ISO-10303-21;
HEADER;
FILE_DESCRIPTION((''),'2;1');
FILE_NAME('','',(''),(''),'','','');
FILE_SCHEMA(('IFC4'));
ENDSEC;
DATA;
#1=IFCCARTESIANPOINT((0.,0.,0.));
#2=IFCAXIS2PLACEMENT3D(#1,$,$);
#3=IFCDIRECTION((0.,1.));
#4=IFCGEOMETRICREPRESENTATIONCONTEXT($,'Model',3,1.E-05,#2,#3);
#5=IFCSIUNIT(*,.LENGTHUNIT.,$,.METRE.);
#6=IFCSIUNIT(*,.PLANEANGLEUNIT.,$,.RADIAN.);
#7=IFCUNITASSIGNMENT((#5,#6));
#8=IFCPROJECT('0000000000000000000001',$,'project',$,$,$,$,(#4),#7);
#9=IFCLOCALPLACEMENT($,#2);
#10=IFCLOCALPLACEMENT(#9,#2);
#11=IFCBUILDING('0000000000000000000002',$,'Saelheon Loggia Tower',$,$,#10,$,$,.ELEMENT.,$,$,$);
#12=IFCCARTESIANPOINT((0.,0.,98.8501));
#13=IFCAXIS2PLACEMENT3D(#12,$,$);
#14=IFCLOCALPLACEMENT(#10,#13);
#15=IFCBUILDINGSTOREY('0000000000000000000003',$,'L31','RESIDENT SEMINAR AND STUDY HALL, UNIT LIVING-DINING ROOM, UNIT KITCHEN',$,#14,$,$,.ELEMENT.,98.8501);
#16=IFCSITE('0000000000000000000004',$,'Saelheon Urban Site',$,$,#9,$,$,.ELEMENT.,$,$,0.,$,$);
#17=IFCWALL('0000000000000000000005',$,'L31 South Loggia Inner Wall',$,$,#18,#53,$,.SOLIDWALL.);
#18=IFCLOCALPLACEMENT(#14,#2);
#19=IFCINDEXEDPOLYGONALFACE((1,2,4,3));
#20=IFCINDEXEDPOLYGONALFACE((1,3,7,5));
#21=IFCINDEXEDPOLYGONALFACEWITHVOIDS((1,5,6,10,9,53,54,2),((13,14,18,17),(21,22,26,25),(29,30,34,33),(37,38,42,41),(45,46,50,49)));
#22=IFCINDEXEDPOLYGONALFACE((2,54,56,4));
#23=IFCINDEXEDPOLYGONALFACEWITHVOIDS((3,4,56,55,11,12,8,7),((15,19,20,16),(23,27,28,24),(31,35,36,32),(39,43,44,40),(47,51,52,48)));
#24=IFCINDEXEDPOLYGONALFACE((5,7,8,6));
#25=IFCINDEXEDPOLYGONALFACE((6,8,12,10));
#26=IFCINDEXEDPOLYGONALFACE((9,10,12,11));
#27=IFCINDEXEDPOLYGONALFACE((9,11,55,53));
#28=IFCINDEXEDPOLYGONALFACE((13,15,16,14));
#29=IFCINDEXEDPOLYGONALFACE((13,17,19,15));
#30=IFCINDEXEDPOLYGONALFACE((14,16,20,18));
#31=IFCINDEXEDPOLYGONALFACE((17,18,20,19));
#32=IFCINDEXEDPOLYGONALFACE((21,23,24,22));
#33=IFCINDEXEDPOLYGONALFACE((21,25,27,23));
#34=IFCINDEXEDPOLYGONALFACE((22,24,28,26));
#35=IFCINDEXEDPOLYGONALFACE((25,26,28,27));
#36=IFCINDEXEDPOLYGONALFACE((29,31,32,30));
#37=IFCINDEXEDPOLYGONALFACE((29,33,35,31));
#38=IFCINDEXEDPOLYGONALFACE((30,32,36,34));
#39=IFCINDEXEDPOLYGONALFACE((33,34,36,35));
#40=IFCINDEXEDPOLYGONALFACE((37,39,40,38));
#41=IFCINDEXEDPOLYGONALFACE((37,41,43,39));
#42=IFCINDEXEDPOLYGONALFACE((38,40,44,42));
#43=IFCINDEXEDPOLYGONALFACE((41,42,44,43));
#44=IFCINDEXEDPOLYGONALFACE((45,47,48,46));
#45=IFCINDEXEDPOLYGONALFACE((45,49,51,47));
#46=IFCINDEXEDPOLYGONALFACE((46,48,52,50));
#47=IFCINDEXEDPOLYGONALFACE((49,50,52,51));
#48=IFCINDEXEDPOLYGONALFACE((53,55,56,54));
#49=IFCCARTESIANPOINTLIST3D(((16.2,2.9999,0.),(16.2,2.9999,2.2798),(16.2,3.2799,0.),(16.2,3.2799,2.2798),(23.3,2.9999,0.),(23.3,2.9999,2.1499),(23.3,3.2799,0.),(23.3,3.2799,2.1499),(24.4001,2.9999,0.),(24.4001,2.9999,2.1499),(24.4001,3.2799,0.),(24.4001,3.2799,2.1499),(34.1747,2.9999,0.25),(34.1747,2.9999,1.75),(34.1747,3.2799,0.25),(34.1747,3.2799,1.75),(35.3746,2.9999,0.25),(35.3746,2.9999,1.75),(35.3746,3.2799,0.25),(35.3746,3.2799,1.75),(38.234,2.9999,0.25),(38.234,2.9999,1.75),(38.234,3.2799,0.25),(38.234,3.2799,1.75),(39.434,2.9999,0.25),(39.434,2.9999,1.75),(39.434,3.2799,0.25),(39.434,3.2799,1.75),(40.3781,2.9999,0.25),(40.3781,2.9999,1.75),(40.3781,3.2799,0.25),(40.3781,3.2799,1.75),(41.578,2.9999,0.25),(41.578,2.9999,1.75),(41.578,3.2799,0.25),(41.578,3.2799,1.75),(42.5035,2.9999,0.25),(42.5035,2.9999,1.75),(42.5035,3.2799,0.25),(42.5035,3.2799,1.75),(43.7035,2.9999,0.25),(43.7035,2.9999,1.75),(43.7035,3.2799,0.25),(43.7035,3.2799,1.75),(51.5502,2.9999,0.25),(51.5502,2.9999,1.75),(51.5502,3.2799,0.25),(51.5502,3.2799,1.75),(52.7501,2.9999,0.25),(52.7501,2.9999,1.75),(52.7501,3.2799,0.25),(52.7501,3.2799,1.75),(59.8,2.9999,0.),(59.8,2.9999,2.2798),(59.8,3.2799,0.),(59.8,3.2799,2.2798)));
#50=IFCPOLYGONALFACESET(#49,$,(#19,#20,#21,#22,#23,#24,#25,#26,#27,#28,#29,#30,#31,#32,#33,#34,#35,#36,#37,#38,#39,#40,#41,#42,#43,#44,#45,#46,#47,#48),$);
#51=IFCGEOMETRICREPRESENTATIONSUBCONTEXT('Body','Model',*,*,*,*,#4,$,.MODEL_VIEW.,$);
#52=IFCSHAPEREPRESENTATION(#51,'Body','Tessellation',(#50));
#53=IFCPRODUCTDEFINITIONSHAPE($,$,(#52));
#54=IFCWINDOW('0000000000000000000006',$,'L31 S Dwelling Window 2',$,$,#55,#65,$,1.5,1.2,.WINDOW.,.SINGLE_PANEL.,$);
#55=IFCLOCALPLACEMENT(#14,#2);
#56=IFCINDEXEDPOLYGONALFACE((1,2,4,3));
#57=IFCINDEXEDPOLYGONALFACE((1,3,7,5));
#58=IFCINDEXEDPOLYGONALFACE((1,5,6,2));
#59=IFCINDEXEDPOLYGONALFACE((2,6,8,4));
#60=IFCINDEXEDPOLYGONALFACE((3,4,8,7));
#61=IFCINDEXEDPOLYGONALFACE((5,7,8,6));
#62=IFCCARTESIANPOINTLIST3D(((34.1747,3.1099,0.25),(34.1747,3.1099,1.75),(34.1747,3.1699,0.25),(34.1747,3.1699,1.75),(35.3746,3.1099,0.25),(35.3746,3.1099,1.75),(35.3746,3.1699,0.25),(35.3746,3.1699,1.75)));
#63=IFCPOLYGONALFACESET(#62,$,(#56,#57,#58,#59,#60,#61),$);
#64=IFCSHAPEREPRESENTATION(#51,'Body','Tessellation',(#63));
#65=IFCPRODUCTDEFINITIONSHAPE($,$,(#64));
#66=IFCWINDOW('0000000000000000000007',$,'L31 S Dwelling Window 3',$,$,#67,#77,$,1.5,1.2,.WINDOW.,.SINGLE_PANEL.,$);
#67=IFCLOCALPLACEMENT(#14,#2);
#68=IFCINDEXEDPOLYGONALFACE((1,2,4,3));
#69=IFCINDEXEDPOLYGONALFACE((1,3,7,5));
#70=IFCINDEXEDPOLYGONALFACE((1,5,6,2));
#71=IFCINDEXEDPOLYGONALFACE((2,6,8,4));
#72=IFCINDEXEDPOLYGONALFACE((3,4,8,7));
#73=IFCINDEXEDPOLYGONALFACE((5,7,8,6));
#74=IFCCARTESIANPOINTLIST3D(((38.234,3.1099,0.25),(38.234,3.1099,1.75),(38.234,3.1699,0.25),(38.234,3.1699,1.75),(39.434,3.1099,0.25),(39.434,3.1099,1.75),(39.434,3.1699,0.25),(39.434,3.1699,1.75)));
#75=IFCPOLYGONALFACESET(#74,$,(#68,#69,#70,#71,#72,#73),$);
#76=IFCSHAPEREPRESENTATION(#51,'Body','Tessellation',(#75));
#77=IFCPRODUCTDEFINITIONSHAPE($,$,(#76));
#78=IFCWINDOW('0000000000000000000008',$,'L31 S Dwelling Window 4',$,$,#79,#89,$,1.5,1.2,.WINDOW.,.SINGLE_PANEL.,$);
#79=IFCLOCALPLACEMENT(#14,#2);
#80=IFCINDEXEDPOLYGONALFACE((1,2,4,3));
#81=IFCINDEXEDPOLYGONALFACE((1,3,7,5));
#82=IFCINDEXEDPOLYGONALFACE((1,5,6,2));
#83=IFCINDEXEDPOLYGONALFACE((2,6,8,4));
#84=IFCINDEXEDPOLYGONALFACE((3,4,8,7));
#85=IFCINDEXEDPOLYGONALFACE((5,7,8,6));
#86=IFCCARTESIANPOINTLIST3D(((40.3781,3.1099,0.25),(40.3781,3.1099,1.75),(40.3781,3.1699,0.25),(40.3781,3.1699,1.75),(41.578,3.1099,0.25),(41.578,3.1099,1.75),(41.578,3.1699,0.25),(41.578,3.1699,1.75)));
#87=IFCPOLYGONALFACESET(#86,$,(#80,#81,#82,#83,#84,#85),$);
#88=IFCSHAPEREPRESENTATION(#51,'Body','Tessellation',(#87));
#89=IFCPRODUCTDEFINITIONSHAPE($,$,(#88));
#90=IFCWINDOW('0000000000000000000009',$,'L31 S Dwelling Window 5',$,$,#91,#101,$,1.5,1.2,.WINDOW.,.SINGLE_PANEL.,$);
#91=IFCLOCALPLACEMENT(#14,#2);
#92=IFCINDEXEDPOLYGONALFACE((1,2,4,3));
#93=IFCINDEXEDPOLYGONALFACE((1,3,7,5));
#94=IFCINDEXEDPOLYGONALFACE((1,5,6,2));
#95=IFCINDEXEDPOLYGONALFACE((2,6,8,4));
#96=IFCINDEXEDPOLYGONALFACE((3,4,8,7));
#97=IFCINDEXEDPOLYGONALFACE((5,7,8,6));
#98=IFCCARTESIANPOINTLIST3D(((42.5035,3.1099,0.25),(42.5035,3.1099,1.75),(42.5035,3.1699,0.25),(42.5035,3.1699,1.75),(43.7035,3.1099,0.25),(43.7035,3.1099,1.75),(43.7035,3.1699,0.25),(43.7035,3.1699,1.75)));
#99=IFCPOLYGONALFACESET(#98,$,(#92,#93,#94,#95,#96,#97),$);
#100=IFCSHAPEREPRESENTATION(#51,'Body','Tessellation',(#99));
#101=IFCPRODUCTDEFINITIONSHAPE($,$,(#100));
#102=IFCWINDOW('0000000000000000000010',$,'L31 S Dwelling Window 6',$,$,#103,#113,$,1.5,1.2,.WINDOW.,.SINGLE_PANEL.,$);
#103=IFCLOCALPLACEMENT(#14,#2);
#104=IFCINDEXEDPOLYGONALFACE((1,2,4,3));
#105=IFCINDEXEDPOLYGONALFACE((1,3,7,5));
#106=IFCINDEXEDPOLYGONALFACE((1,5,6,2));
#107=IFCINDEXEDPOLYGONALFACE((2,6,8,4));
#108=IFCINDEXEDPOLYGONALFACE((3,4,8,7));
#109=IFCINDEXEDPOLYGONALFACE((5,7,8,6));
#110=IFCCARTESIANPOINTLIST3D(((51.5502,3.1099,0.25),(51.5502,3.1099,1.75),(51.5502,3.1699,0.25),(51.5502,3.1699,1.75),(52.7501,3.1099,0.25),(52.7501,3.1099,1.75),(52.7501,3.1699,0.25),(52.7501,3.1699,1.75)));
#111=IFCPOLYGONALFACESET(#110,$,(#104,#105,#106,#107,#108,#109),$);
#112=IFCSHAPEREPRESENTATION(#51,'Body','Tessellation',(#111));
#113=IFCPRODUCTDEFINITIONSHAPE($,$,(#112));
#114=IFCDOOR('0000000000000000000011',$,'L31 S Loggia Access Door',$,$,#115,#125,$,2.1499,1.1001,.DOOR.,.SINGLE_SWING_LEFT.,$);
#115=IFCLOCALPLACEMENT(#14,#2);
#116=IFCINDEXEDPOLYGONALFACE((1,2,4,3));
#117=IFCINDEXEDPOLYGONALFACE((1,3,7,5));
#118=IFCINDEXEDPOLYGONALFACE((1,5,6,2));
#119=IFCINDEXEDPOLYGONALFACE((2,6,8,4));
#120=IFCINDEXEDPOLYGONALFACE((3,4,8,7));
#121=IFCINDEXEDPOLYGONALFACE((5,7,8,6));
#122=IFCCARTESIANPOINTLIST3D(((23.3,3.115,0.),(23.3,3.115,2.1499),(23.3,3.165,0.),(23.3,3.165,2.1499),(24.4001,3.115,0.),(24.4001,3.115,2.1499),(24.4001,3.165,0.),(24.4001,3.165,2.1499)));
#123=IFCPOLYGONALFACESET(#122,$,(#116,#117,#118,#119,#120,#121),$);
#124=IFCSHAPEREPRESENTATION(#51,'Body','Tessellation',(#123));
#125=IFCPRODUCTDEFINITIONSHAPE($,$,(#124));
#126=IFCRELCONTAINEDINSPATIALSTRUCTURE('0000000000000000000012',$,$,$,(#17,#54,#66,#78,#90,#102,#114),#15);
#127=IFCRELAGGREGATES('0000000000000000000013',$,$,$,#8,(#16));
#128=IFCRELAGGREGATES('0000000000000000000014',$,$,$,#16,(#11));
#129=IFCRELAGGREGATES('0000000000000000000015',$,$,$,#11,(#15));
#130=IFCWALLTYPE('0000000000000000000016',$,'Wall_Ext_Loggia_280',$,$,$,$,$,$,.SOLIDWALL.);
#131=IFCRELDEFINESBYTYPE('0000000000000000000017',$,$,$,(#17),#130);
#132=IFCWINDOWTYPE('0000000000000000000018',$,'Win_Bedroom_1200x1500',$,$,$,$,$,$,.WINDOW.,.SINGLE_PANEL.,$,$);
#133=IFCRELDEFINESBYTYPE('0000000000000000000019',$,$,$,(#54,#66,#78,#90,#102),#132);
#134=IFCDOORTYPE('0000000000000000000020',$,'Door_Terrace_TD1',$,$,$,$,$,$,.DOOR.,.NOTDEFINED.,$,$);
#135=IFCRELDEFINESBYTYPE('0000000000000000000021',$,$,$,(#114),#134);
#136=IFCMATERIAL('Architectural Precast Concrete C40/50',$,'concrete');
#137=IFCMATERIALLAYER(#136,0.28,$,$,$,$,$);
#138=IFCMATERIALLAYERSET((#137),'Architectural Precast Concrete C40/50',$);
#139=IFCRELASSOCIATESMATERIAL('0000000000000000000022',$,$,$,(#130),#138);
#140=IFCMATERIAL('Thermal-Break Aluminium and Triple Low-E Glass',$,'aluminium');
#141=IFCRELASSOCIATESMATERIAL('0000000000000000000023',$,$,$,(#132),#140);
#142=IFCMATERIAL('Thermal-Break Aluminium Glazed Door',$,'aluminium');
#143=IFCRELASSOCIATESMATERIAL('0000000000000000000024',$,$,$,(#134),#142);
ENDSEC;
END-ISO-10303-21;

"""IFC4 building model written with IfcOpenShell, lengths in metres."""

from ifc_helpers import new_model, si_unit, direction, frame, frame_2d, origin, place, context, subcontext, project, spatial, rectangle, extrude, source, transform, mapped, material, layer, layer_set, type_object, element, fill, save


model = new_model("IFC4")

# Units and contexts
model_context = context("Model", 3, precision=1e-05, world=origin(), true_north=direction((0.0, 1.0)))
body_context = subcontext(model_context, "Body", "Model", "MODEL_VIEW")
ifc_project = project(units=[si_unit("LENGTHUNIT", "METRE"), si_unit("PLANEANGLEUNIT", "RADIAN")], contexts=[model_context])

# Site, building, storey
site_placement = place(None, origin())
site = spatial("IfcSite", under=ifc_project, at=site_placement, Name="Saelheon Urban Site", CompositionType="ELEMENT", RefElevation=0.0)
building_placement = place(site_placement, origin())
building = spatial("IfcBuilding", under=site, at=building_placement, Name="Saelheon Loggia Tower", CompositionType="ELEMENT")
storey_placement = place(building_placement, frame((0.0, 0.0, 98.8501)))
storey = spatial("IfcBuildingStorey", under=building, at=storey_placement, Name="L31", Description="RESIDENT SEMINAR AND STUDY HALL, UNIT LIVING-DINING ROOM, UNIT KITCHEN", CompositionType="ELEMENT", Elevation=98.8501)

# Shared definitions
ifc_material_1 = material(Name="Thermal-Break Aluminium and Triple Low-E Glass", Category="aluminium")

# Wall, openings, windows, door
ifc_material_2 = material(Name="Architectural Precast Concrete C40/50", Category="concrete")
ifc_layer_1 = layer(ifc_material_2, 0.28)
ifc_layer_set_1 = layer_set([ifc_layer_1], Name="Architectural Precast Concrete C40/50")
wall_type = type_object("IfcWallType", Name="Wall_Ext_Loggia_280", PredefinedType="SOLIDWALL", material=ifc_layer_set_1)
wall_placement = place(storey_placement, frame((16.2, 3.1399, 0.0), z_axis=(0.0, 0.0, 1.0), x_axis=(1.0, 0.0, 0.0)))
wall = element("IfcWall", 1, at=wall_placement, inside=storey, type_object=wall_type, Name="L31 South Loggia Inner Wall", PredefinedType="SOLIDWALL", context=body_context, shape_type="SweptSolid", body=[
    extrude(rectangle(XDim=43.6001, YDim=0.28, at=frame_2d((21.8, 0.0))), origin(), (0.0, 0.0, 1.0), 2.2798),
])
opening_1_placement = place(wall_placement, frame((8.2002, 0.0, 0.0), z_axis=(0.0, 0.0, 1.0), x_axis=(-1.0, 0.0, 0.0)))
opening_1 = element("IfcOpeningElement", 2, at=opening_1_placement, cuts=wall, PredefinedType="OPENING", context=body_context, shape_type="SweptSolid", body=[
    extrude(rectangle(XDim=1.1001, YDim=2.1499, at=frame_2d((0.55, 1.075))), frame((0.0, 0.1521, 0.0), z_axis=(0.0, -1.0, 0.0), x_axis=(1.0, 0.0, 0.0)), (0.0, 0.0, 1.0), 0.304),
])
opening_2_placement = place(wall_placement, frame((17.9746, 0.0, 0.25)))
opening_2 = element("IfcOpeningElement", 3, at=opening_2_placement, cuts=wall, PredefinedType="OPENING", context=body_context, shape_type="SweptSolid", body=[
    extrude(rectangle(XDim=1.2, YDim=1.5, at=frame_2d((0.6001, 0.75))), frame((0.0, 0.1521, 0.0), z_axis=(0.0, -1.0, 0.0), x_axis=(1.0, 0.0, 0.0)), (0.0, 0.0, 1.0), 0.304),
])
opening_3_placement = place(wall_placement, frame((22.0339, 0.0, 0.25)))
opening_3 = element("IfcOpeningElement", 4, at=opening_3_placement, cuts=wall, PredefinedType="OPENING", context=body_context, shape_type="SweptSolid", body=[
    extrude(rectangle(XDim=1.2, YDim=1.5, at=frame_2d((0.6001, 0.75))), frame((0.0, 0.1521, 0.0), z_axis=(0.0, -1.0, 0.0), x_axis=(1.0, 0.0, 0.0)), (0.0, 0.0, 1.0), 0.304),
])
opening_4_placement = place(wall_placement, frame((24.178, 0.0, 0.25)))
opening_4 = element("IfcOpeningElement", 5, at=opening_4_placement, cuts=wall, PredefinedType="OPENING", context=body_context, shape_type="SweptSolid", body=[
    extrude(rectangle(XDim=1.2, YDim=1.5, at=frame_2d((0.6001, 0.75))), frame((0.0, 0.1521, 0.0), z_axis=(0.0, -1.0, 0.0), x_axis=(1.0, 0.0, 0.0)), (0.0, 0.0, 1.0), 0.304),
])
opening_5_placement = place(wall_placement, frame((26.3035, 0.0, 0.25)))
opening_5 = element("IfcOpeningElement", 6, at=opening_5_placement, cuts=wall, PredefinedType="OPENING", context=body_context, shape_type="SweptSolid", body=[
    extrude(rectangle(XDim=1.2, YDim=1.5, at=frame_2d((0.6001, 0.75))), frame((0.0, 0.1521, 0.0), z_axis=(0.0, -1.0, 0.0), x_axis=(1.0, 0.0, 0.0)), (0.0, 0.0, 1.0), 0.304),
])
opening_6_placement = place(wall_placement, frame((35.3501, 0.0, 0.25)))
opening_6 = element("IfcOpeningElement", 7, at=opening_6_placement, cuts=wall, PredefinedType="OPENING", context=body_context, shape_type="SweptSolid", body=[
    extrude(rectangle(XDim=1.2, YDim=1.5, at=frame_2d((0.6001, 0.75))), frame((0.0, 0.1521, 0.0), z_axis=(0.0, -1.0, 0.0), x_axis=(1.0, 0.0, 0.0)), (0.0, 0.0, 1.0), 0.304),
])
window_type = type_object("IfcWindowType", Name="Win_Bedroom_1200x1500", PartitioningType="SINGLE_PANEL", PredefinedType="WINDOW", material=ifc_material_1)
shared_shape_1 = source(origin(), body_context, "Body", "SweptSolid", [
    extrude(rectangle(XDim=1.2, YDim=1.5, at=frame_2d((0.6001, 0.75))), frame((0.0, 0.03, 0.0), z_axis=(0.0, -1.0, 0.0), x_axis=(1.0, 0.0, 0.0)), (0.0, 0.0, 1.0), 0.0601),
])
window_1_placement = place(opening_2_placement, origin())
window_1 = element("IfcWindow", 8, at=window_1_placement, inside=storey, type_object=window_type, Name="L31 S Dwelling Window 2", OverallHeight=1.5, OverallWidth=1.2, PartitioningType="SINGLE_PANEL", PredefinedType="WINDOW", context=body_context, shape_type="MappedRepresentation", body=[
    mapped(shared_shape_1, transform((0.0, 0.0, 0.0), scale=1.0)),
])
fill(opening_2, window_1)
window_2_placement = place(opening_3_placement, origin())
window_2 = element("IfcWindow", 9, at=window_2_placement, inside=storey, type_object=window_type, Name="L31 S Dwelling Window 3", OverallHeight=1.5, OverallWidth=1.2, PartitioningType="SINGLE_PANEL", PredefinedType="WINDOW", context=body_context, shape_type="MappedRepresentation", body=[
    mapped(shared_shape_1, transform((0.0, 0.0, 0.0), scale=1.0)),
])
fill(opening_3, window_2)
window_3_placement = place(opening_4_placement, origin())
window_3 = element("IfcWindow", 10, at=window_3_placement, inside=storey, type_object=window_type, Name="L31 S Dwelling Window 4", OverallHeight=1.5, OverallWidth=1.2, PartitioningType="SINGLE_PANEL", PredefinedType="WINDOW", context=body_context, shape_type="MappedRepresentation", body=[
    mapped(shared_shape_1, transform((0.0, 0.0, 0.0), scale=1.0)),
])
fill(opening_4, window_3)
window_4_placement = place(opening_5_placement, origin())
window_4 = element("IfcWindow", 11, at=window_4_placement, inside=storey, type_object=window_type, Name="L31 S Dwelling Window 5", OverallHeight=1.5, OverallWidth=1.2, PartitioningType="SINGLE_PANEL", PredefinedType="WINDOW", context=body_context, shape_type="MappedRepresentation", body=[
    mapped(shared_shape_1, transform((0.0, 0.0, 0.0), scale=1.0)),
])
fill(opening_5, window_4)
window_5_placement = place(opening_6_placement, origin())
window_5 = element("IfcWindow", 12, at=window_5_placement, inside=storey, type_object=window_type, Name="L31 S Dwelling Window 6", OverallHeight=1.5, OverallWidth=1.2, PartitioningType="SINGLE_PANEL", PredefinedType="WINDOW", context=body_context, shape_type="MappedRepresentation", body=[
    mapped(shared_shape_1, transform((0.0, 0.0, 0.0), scale=1.0)),
])
fill(opening_6, window_5)
ifc_material_3 = material(Name="Thermal-Break Aluminium Glazed Door", Category="aluminium")
door_type = type_object("IfcDoorType", Name="Door_Terrace_TD1", OperationType="NOTDEFINED", PredefinedType="DOOR", material=ifc_material_3)
shared_shape_2 = source(origin(), body_context, "Body", "SweptSolid", [
    extrude(rectangle(XDim=1.1001, YDim=2.1499, at=frame_2d((0.55, 1.075))), frame((0.0, 0.0249, 0.0), z_axis=(0.0, -1.0, 0.0), x_axis=(1.0, 0.0, 0.0)), (0.0, 0.0, 1.0), 0.05),
])
door_placement = place(opening_1_placement, origin())
door = element("IfcDoor", 13, at=door_placement, inside=storey, type_object=door_type, Name="L31 S Loggia Access Door", OperationType="SINGLE_SWING_LEFT", OverallHeight=2.1499, OverallWidth=1.1001, PredefinedType="DOOR", context=body_context, shape_type="MappedRepresentation", body=[
    mapped(shared_shape_2, transform((0.0, 0.0, 0.0), scale=1.0)),
])
fill(opening_1, door)

save(model, "model.ifc")
